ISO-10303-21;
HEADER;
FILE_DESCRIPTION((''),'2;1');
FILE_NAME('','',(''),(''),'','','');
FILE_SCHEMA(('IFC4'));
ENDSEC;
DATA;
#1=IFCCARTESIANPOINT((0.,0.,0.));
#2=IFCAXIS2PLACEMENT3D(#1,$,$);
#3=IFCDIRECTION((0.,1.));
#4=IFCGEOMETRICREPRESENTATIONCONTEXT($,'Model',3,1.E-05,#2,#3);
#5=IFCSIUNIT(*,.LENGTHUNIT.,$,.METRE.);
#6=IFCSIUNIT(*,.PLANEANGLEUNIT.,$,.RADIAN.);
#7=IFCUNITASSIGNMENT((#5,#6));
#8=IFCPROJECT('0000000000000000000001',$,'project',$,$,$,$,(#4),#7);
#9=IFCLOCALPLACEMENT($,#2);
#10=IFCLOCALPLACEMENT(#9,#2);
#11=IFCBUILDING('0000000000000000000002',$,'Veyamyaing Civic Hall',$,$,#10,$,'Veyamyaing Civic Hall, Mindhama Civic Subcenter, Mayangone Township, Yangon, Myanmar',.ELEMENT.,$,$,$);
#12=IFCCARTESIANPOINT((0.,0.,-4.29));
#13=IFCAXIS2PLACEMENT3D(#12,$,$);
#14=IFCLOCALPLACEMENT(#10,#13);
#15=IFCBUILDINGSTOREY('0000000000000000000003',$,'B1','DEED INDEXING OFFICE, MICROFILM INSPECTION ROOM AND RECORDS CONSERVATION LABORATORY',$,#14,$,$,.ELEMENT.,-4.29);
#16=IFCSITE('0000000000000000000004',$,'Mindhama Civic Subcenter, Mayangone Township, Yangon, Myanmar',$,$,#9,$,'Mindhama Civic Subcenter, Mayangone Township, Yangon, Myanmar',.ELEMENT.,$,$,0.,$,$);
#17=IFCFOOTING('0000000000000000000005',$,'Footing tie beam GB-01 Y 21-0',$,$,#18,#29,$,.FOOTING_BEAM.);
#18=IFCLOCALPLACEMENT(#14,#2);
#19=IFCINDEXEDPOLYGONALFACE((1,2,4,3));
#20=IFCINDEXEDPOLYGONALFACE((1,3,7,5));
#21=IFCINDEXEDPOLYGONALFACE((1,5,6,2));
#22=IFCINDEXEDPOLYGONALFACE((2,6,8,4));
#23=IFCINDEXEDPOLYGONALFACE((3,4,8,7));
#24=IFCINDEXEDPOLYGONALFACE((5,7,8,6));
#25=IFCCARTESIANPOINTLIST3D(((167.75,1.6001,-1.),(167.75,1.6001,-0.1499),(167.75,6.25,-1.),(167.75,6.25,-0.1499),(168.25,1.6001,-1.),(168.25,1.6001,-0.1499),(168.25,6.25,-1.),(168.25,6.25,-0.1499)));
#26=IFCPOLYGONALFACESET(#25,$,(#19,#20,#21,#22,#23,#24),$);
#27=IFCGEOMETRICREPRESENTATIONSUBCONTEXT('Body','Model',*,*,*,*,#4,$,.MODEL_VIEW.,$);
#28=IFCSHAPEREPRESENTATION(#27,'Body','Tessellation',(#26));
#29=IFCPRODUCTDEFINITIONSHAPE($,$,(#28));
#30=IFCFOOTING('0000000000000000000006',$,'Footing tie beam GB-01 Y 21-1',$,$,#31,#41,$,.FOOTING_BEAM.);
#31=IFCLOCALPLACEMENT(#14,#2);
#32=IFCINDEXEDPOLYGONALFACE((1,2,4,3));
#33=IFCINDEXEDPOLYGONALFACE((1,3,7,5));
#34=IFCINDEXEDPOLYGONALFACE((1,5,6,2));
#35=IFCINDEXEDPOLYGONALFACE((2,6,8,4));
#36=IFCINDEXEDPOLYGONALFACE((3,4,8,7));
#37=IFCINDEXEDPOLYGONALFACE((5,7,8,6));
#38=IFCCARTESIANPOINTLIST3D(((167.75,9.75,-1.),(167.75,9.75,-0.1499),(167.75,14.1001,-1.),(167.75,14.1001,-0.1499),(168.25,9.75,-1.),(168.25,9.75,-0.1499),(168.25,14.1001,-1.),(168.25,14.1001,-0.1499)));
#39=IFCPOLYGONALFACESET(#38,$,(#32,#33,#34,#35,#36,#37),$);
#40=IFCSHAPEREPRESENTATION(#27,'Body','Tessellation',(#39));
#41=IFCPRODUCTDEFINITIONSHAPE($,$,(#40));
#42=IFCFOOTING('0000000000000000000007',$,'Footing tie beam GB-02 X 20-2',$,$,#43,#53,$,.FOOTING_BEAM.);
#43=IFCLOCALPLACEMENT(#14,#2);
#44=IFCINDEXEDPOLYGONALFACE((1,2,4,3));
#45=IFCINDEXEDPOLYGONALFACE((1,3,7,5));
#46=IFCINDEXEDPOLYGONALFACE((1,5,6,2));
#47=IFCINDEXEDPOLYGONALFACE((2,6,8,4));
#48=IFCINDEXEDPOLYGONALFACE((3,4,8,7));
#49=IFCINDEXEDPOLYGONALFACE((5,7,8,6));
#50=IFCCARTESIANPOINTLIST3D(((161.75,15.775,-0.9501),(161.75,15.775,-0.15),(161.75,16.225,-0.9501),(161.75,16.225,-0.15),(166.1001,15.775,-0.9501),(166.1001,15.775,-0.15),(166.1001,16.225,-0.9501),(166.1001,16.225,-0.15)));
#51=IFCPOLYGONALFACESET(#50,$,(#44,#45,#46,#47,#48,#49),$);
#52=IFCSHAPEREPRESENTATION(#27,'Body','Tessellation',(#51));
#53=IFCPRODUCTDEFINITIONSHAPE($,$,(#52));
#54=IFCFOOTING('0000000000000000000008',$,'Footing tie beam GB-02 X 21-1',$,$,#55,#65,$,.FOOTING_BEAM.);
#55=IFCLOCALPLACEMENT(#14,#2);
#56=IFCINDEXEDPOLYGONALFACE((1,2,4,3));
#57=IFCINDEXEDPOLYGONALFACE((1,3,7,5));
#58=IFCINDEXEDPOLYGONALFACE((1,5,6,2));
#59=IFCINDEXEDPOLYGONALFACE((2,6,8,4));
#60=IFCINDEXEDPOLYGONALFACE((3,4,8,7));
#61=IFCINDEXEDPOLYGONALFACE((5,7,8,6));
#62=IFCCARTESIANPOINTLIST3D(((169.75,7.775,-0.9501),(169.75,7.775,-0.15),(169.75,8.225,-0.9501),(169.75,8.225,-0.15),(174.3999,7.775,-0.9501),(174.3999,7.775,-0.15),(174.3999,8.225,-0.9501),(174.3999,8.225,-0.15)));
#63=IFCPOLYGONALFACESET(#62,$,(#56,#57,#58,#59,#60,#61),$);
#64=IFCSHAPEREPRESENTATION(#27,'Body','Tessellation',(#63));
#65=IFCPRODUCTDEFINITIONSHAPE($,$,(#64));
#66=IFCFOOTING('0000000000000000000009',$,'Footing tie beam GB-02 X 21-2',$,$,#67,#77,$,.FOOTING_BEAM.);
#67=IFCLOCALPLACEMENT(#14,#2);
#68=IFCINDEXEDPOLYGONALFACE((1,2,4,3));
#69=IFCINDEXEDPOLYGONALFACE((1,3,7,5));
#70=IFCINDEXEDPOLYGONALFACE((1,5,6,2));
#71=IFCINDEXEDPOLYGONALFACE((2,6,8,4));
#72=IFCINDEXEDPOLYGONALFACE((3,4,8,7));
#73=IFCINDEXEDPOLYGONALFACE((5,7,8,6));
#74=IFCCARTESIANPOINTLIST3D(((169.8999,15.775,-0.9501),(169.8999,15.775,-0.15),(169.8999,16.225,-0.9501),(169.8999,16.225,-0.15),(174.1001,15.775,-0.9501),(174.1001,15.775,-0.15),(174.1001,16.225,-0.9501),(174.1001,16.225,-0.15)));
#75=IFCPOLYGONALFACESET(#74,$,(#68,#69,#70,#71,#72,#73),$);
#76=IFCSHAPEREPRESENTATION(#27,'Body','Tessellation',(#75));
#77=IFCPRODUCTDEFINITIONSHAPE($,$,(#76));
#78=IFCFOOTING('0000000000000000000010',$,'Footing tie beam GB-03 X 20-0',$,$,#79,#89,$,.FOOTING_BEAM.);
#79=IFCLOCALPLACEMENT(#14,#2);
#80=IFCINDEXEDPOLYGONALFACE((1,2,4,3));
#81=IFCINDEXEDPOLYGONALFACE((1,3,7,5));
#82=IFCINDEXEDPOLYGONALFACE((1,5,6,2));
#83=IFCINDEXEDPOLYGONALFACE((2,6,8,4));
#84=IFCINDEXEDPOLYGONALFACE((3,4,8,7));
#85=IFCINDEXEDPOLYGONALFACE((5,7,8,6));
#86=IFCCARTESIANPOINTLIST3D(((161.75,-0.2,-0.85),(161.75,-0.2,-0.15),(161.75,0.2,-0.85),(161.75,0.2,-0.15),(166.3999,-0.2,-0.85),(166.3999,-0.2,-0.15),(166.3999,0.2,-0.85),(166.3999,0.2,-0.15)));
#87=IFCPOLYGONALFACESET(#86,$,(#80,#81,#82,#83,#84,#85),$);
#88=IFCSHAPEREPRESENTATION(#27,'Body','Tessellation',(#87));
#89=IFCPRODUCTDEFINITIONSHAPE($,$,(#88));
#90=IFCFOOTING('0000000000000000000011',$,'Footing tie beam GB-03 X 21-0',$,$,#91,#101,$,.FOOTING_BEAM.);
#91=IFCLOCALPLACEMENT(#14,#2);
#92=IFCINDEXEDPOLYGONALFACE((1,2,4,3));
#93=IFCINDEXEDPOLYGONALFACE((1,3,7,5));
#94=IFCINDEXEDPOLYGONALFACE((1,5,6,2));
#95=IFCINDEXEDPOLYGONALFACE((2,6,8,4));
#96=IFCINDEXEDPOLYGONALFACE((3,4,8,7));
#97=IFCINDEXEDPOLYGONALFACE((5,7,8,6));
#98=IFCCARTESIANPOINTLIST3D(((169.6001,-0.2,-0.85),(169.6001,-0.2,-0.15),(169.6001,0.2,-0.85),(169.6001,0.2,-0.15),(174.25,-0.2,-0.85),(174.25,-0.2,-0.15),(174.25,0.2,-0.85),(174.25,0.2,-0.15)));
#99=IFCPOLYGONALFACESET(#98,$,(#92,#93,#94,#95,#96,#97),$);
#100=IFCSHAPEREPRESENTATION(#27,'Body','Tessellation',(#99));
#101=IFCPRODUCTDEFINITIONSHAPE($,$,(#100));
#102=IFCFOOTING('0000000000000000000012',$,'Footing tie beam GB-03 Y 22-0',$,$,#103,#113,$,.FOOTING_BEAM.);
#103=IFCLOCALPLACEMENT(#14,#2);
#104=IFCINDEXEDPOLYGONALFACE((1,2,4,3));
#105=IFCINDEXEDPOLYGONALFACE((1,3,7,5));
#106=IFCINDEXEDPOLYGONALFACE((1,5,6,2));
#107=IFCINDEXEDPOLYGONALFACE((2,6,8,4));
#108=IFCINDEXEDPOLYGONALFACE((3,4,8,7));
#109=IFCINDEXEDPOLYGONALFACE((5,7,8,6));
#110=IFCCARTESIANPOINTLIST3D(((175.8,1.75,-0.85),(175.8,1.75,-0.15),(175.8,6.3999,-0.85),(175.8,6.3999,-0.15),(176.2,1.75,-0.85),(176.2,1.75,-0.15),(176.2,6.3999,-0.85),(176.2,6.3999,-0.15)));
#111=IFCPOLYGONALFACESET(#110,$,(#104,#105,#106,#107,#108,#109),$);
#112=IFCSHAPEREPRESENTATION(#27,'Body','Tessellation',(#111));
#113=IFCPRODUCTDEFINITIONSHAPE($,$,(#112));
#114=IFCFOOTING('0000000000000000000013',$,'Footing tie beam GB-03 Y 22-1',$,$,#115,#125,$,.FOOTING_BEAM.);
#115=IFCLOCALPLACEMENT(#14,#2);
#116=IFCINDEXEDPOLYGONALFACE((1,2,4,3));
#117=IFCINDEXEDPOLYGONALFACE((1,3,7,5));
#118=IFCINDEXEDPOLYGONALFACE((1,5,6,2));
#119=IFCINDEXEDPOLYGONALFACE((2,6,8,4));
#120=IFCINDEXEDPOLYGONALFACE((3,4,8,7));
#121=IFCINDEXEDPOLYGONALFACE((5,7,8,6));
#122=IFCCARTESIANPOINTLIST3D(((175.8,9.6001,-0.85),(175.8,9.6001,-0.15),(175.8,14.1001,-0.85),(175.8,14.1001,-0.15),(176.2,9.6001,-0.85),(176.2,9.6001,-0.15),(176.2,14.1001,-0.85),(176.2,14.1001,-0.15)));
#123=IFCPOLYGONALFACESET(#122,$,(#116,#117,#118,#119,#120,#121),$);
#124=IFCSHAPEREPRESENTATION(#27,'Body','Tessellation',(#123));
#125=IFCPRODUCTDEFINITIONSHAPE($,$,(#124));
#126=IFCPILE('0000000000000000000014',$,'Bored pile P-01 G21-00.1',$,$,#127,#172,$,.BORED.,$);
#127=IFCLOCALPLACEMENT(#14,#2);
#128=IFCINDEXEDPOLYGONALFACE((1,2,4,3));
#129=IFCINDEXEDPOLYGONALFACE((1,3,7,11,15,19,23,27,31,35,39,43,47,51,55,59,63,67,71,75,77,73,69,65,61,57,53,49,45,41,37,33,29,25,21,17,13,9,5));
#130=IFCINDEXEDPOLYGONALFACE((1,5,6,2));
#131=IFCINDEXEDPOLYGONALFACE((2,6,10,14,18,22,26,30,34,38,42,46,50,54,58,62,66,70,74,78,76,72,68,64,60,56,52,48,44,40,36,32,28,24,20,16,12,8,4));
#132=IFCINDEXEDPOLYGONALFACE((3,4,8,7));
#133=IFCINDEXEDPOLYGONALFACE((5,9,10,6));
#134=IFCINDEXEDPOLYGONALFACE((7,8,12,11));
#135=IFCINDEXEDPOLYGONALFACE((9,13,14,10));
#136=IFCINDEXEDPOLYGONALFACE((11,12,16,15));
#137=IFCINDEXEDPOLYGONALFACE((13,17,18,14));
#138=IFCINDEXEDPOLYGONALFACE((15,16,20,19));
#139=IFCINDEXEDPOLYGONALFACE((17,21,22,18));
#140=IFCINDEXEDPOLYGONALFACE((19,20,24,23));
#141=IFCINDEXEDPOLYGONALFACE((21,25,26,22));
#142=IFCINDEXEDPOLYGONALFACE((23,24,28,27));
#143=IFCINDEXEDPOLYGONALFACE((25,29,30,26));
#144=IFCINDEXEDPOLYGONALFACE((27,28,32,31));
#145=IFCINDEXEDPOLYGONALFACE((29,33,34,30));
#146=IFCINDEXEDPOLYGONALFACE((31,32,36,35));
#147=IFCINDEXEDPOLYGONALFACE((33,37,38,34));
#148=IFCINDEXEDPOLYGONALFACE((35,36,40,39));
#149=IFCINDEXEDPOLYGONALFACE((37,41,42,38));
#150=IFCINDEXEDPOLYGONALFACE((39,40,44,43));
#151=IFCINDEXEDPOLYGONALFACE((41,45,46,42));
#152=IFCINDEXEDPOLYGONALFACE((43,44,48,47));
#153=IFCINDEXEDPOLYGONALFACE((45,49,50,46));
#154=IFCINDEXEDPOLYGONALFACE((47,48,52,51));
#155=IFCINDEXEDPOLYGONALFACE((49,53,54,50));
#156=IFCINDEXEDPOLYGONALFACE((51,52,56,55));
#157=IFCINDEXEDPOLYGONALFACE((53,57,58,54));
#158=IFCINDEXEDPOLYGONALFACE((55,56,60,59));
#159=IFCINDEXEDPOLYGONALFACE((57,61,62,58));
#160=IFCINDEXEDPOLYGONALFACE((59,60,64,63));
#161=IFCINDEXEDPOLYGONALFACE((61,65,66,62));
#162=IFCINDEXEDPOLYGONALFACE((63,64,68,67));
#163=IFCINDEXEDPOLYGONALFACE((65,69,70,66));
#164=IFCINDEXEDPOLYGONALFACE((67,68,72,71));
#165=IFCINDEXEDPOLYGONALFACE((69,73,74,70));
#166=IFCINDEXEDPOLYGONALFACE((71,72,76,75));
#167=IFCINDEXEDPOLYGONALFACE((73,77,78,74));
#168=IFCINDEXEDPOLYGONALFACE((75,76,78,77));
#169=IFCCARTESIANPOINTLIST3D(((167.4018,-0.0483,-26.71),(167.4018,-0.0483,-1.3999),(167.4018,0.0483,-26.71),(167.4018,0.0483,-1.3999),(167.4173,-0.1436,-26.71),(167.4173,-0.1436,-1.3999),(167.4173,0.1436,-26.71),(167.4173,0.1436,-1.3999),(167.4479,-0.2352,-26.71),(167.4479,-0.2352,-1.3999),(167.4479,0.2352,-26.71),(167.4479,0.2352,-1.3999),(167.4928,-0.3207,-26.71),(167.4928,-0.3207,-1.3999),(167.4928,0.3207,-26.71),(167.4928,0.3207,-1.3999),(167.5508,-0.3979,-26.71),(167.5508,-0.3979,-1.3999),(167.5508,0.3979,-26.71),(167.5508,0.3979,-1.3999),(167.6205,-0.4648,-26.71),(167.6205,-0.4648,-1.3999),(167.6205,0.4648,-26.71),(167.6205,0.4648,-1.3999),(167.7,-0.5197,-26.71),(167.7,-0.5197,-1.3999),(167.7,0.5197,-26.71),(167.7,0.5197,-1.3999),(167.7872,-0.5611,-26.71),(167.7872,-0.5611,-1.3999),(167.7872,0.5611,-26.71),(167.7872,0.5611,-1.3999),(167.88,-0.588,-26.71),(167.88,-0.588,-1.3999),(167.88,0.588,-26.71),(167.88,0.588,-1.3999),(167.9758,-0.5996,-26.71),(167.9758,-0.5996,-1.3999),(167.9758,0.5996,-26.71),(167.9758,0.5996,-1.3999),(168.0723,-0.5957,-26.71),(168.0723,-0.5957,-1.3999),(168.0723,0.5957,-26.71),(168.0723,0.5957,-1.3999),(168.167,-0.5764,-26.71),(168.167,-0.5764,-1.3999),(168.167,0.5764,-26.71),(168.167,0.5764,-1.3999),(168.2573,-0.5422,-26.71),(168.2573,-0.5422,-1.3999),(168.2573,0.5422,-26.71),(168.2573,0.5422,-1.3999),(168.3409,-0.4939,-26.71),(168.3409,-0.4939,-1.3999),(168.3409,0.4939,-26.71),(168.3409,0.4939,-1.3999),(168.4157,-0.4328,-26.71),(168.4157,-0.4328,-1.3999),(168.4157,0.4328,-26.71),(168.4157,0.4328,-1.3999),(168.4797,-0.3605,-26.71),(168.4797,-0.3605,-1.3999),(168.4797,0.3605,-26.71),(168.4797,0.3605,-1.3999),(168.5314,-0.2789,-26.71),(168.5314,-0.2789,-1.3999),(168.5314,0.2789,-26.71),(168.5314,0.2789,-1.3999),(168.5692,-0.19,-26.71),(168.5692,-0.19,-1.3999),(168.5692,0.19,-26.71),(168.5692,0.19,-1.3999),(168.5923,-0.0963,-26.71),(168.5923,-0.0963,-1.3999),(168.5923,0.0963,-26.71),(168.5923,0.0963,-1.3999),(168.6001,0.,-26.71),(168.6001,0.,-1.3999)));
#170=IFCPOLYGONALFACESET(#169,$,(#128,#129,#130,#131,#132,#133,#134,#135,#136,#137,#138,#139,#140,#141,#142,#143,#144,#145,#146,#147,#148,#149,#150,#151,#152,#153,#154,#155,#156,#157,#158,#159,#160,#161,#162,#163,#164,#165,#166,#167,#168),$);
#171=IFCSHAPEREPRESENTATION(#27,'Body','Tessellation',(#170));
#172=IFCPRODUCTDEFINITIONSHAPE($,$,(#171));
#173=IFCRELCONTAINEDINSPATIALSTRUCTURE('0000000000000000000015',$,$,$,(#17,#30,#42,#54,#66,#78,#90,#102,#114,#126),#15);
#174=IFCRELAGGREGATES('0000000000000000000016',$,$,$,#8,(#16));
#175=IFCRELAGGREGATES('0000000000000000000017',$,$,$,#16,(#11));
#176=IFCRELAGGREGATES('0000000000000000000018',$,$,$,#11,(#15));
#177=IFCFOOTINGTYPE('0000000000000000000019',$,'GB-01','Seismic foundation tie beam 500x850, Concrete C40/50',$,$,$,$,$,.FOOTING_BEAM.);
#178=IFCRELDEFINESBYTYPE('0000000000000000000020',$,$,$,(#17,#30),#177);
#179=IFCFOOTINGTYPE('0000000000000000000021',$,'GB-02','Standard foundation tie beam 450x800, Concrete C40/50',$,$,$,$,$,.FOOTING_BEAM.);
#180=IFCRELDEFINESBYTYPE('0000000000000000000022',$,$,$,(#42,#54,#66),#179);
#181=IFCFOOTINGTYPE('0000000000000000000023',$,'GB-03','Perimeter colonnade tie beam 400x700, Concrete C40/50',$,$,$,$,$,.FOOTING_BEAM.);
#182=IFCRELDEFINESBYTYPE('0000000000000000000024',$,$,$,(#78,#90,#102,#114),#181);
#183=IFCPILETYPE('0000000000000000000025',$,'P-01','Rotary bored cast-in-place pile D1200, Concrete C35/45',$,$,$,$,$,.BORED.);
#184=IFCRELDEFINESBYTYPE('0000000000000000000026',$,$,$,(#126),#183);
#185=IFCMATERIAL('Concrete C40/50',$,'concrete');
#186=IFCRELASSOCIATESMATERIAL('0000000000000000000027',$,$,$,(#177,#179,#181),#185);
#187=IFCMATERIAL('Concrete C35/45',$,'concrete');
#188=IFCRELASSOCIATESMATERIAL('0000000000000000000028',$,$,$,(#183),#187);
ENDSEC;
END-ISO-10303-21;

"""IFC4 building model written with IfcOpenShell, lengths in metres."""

from ifc_helpers import new_model, si_unit, direction, frame, origin, origin_2d, place, context, subcontext, project, spatial, rectangle, circle, extrude, material, material_profile, profile_set, type_object, element, save


model = new_model("IFC4")

# Units and contexts
model_context = context("Model", 3, precision=1e-05, world=origin(), true_north=direction((0.0, 1.0)))
body_context = subcontext(model_context, "Body", "Model", "MODEL_VIEW")
ifc_project = project(units=[si_unit("LENGTHUNIT", "METRE"), si_unit("PLANEANGLEUNIT", "RADIAN")], contexts=[model_context])

# Site, building, storey
site_placement = place(None, origin())
site = spatial("IfcSite", under=ifc_project, at=site_placement, Name="Mindhama Civic Subcenter, Mayangone Township, Yangon, Myanmar", LongName="Mindhama Civic Subcenter, Mayangone Township, Yangon, Myanmar", CompositionType="ELEMENT", RefElevation=0.0)
building_placement = place(site_placement, origin())
building = spatial("IfcBuilding", under=site, at=building_placement, Name="Veyamyaing Civic Hall", LongName="Veyamyaing Civic Hall, Mindhama Civic Subcenter, Mayangone Township, Yangon, Myanmar", CompositionType="ELEMENT")
storey_placement = place(building_placement, frame((0.0, 0.0, -4.29)))
storey = spatial("IfcBuildingStorey", under=building, at=storey_placement, Name="B1", Description="DEED INDEXING OFFICE, MICROFILM INSPECTION ROOM AND RECORDS CONSERVATION LABORATORY", CompositionType="ELEMENT", Elevation=-4.29)

# Footings
ifc_material_1 = material(Name="Concrete C40/50", Category="concrete")
ifc_material_profile_1 = material_profile(ifc_material_1, rectangle(XDim=0.5, YDim=0.8501, at=origin_2d()), Name="GB-500X850")
ifc_profile_set_1 = profile_set([ifc_material_profile_1], Name="Concrete C40/50")
footing_type_1 = type_object("IfcFootingType", Name="GB-01", Description="Seismic foundation tie beam 500x850, Concrete C40/50", PredefinedType="FOOTING_BEAM", material=ifc_profile_set_1)
footing_1_placement = place(storey_placement, frame((168.0, 1.6001, -0.575), z_axis=(0.0, 1.0, 0.0), x_axis=(-1.0, 0.0, 0.0)))
element("IfcFooting", 1, at=footing_1_placement, inside=storey, type_object=footing_type_1, Name="Footing tie beam GB-01 Y 21-0", PredefinedType="FOOTING_BEAM", context=body_context, shape_type="SweptSolid", body=[
    extrude(rectangle(XDim=0.5, YDim=0.8501, at=origin_2d()), origin(), (0.0, 0.0, 1.0), 4.6499),
])
footing_2_placement = place(storey_placement, frame((168.0, 9.75, -0.575), z_axis=(0.0, 1.0, 0.0), x_axis=(-1.0, 0.0, 0.0)))
element("IfcFooting", 2, at=footing_2_placement, inside=storey, type_object=footing_type_1, Name="Footing tie beam GB-01 Y 21-1", PredefinedType="FOOTING_BEAM", context=body_context, shape_type="SweptSolid", body=[
    extrude(rectangle(XDim=0.5, YDim=0.8501, at=origin_2d()), origin(), (0.0, 0.0, 1.0), 4.3501),
])
ifc_material_profile_2 = material_profile(ifc_material_1, rectangle(XDim=0.45, YDim=0.8, at=origin_2d()), Name="GB-450X800")
ifc_profile_set_2 = profile_set([ifc_material_profile_2], Name="Concrete C40/50")
footing_type_2 = type_object("IfcFootingType", Name="GB-02", Description="Standard foundation tie beam 450x800, Concrete C40/50", PredefinedType="FOOTING_BEAM", material=ifc_profile_set_2)
footing_3_placement = place(storey_placement, frame((161.75, 16.0, -0.55), z_axis=(1.0, 0.0, 0.0), x_axis=(0.0, 1.0, 0.0)))
element("IfcFooting", 3, at=footing_3_placement, inside=storey, type_object=footing_type_2, Name="Footing tie beam GB-02 X 20-2", PredefinedType="FOOTING_BEAM", context=body_context, shape_type="SweptSolid", body=[
    extrude(rectangle(XDim=0.45, YDim=0.8, at=origin_2d()), origin(), (0.0, 0.0, 1.0), 4.3501),
])
footing_4_placement = place(storey_placement, frame((169.75, 8.0, -0.55), z_axis=(1.0, 0.0, 0.0), x_axis=(0.0, 1.0, 0.0)))
element("IfcFooting", 4, at=footing_4_placement, inside=storey, type_object=footing_type_2, Name="Footing tie beam GB-02 X 21-1", PredefinedType="FOOTING_BEAM", context=body_context, shape_type="SweptSolid", body=[
    extrude(rectangle(XDim=0.45, YDim=0.8, at=origin_2d()), origin(), (0.0, 0.0, 1.0), 4.6499),
])
footing_5_placement = place(storey_placement, frame((169.8999, 16.0, -0.55), z_axis=(1.0, 0.0, 0.0), x_axis=(0.0, 1.0, 0.0)))
element("IfcFooting", 5, at=footing_5_placement, inside=storey, type_object=footing_type_2, Name="Footing tie beam GB-02 X 21-2", PredefinedType="FOOTING_BEAM", context=body_context, shape_type="SweptSolid", body=[
    extrude(rectangle(XDim=0.45, YDim=0.8, at=origin_2d()), origin(), (0.0, 0.0, 1.0), 4.2002),
])
ifc_material_profile_3 = material_profile(ifc_material_1, rectangle(XDim=0.3999, YDim=0.7, at=origin_2d()), Name="GB-400X700")
ifc_profile_set_3 = profile_set([ifc_material_profile_3], Name="Concrete C40/50")
footing_type_3 = type_object("IfcFootingType", Name="GB-03", Description="Perimeter colonnade tie beam 400x700, Concrete C40/50", PredefinedType="FOOTING_BEAM", material=ifc_profile_set_3)
for number, where, z_axis, x_axis, name in (
    (6, (161.75, 0.0, -0.5), (1.0, 0.0, 0.0), (0.0, 1.0, 0.0), "Footing tie beam GB-03 X 20-0"),
    (7, (169.6001, 0.0, -0.5), (1.0, 0.0, 0.0), (0.0, 1.0, 0.0), "Footing tie beam GB-03 X 21-0"),
    (8, (176.0, 1.75, -0.5), (0.0, 1.0, 0.0), (-1.0, 0.0, 0.0), "Footing tie beam GB-03 Y 22-0"),
):
    element("IfcFooting", number, at=place(storey_placement, frame(where, z_axis=z_axis, x_axis=x_axis)), inside=storey, type_object=footing_type_3, Name=name, PredefinedType="FOOTING_BEAM", context=body_context, shape_type="SweptSolid", body=[
        extrude(rectangle(XDim=0.3999, YDim=0.7, at=origin_2d()), origin(), (0.0, 0.0, 1.0), 4.6499),
    ])
footing_6_placement = place(storey_placement, frame((176.0, 9.6001, -0.5), z_axis=(0.0, 1.0, 0.0), x_axis=(-1.0, 0.0, 0.0)))
element("IfcFooting", 9, at=footing_6_placement, inside=storey, type_object=footing_type_3, Name="Footing tie beam GB-03 Y 22-1", PredefinedType="FOOTING_BEAM", context=body_context, shape_type="SweptSolid", body=[
    extrude(rectangle(XDim=0.3999, YDim=0.7, at=origin_2d()), origin(), (0.0, 0.0, 1.0), 4.5),
])

# Pile
ifc_material_2 = material(Name="Concrete C35/45", Category="concrete")
ifc_material_profile_4 = material_profile(ifc_material_2, circle(Radius=0.6001, at=origin_2d()), Name="PILE-D1200")
ifc_profile_set_4 = profile_set([ifc_material_profile_4], Name="Concrete C35/45")
pile_type_1 = type_object("IfcPileType", Name="P-01", Description="Rotary bored cast-in-place pile D1200, Concrete C35/45", PredefinedType="BORED", material=ifc_profile_set_4)
for number, where, z_axis, x_axis, name in (
    (10, (168.0, 0.0, -1.3999), (0.0, 0.0, -1.0), (1.0, 0.0, 0.0), "Bored pile P-01 G21-00.1"),
):
    element("IfcPile", number, at=place(storey_placement, frame(where, z_axis=z_axis, x_axis=x_axis)), inside=storey, type_object=pile_type_1, Name=name, PredefinedType="BORED", context=body_context, shape_type="SweptSolid", body=[
        extrude(circle(Radius=0.6001, at=origin_2d()), origin(), (0.0, 0.0, 1.0), 25.3101),
    ])

save(model, "model.ifc")
